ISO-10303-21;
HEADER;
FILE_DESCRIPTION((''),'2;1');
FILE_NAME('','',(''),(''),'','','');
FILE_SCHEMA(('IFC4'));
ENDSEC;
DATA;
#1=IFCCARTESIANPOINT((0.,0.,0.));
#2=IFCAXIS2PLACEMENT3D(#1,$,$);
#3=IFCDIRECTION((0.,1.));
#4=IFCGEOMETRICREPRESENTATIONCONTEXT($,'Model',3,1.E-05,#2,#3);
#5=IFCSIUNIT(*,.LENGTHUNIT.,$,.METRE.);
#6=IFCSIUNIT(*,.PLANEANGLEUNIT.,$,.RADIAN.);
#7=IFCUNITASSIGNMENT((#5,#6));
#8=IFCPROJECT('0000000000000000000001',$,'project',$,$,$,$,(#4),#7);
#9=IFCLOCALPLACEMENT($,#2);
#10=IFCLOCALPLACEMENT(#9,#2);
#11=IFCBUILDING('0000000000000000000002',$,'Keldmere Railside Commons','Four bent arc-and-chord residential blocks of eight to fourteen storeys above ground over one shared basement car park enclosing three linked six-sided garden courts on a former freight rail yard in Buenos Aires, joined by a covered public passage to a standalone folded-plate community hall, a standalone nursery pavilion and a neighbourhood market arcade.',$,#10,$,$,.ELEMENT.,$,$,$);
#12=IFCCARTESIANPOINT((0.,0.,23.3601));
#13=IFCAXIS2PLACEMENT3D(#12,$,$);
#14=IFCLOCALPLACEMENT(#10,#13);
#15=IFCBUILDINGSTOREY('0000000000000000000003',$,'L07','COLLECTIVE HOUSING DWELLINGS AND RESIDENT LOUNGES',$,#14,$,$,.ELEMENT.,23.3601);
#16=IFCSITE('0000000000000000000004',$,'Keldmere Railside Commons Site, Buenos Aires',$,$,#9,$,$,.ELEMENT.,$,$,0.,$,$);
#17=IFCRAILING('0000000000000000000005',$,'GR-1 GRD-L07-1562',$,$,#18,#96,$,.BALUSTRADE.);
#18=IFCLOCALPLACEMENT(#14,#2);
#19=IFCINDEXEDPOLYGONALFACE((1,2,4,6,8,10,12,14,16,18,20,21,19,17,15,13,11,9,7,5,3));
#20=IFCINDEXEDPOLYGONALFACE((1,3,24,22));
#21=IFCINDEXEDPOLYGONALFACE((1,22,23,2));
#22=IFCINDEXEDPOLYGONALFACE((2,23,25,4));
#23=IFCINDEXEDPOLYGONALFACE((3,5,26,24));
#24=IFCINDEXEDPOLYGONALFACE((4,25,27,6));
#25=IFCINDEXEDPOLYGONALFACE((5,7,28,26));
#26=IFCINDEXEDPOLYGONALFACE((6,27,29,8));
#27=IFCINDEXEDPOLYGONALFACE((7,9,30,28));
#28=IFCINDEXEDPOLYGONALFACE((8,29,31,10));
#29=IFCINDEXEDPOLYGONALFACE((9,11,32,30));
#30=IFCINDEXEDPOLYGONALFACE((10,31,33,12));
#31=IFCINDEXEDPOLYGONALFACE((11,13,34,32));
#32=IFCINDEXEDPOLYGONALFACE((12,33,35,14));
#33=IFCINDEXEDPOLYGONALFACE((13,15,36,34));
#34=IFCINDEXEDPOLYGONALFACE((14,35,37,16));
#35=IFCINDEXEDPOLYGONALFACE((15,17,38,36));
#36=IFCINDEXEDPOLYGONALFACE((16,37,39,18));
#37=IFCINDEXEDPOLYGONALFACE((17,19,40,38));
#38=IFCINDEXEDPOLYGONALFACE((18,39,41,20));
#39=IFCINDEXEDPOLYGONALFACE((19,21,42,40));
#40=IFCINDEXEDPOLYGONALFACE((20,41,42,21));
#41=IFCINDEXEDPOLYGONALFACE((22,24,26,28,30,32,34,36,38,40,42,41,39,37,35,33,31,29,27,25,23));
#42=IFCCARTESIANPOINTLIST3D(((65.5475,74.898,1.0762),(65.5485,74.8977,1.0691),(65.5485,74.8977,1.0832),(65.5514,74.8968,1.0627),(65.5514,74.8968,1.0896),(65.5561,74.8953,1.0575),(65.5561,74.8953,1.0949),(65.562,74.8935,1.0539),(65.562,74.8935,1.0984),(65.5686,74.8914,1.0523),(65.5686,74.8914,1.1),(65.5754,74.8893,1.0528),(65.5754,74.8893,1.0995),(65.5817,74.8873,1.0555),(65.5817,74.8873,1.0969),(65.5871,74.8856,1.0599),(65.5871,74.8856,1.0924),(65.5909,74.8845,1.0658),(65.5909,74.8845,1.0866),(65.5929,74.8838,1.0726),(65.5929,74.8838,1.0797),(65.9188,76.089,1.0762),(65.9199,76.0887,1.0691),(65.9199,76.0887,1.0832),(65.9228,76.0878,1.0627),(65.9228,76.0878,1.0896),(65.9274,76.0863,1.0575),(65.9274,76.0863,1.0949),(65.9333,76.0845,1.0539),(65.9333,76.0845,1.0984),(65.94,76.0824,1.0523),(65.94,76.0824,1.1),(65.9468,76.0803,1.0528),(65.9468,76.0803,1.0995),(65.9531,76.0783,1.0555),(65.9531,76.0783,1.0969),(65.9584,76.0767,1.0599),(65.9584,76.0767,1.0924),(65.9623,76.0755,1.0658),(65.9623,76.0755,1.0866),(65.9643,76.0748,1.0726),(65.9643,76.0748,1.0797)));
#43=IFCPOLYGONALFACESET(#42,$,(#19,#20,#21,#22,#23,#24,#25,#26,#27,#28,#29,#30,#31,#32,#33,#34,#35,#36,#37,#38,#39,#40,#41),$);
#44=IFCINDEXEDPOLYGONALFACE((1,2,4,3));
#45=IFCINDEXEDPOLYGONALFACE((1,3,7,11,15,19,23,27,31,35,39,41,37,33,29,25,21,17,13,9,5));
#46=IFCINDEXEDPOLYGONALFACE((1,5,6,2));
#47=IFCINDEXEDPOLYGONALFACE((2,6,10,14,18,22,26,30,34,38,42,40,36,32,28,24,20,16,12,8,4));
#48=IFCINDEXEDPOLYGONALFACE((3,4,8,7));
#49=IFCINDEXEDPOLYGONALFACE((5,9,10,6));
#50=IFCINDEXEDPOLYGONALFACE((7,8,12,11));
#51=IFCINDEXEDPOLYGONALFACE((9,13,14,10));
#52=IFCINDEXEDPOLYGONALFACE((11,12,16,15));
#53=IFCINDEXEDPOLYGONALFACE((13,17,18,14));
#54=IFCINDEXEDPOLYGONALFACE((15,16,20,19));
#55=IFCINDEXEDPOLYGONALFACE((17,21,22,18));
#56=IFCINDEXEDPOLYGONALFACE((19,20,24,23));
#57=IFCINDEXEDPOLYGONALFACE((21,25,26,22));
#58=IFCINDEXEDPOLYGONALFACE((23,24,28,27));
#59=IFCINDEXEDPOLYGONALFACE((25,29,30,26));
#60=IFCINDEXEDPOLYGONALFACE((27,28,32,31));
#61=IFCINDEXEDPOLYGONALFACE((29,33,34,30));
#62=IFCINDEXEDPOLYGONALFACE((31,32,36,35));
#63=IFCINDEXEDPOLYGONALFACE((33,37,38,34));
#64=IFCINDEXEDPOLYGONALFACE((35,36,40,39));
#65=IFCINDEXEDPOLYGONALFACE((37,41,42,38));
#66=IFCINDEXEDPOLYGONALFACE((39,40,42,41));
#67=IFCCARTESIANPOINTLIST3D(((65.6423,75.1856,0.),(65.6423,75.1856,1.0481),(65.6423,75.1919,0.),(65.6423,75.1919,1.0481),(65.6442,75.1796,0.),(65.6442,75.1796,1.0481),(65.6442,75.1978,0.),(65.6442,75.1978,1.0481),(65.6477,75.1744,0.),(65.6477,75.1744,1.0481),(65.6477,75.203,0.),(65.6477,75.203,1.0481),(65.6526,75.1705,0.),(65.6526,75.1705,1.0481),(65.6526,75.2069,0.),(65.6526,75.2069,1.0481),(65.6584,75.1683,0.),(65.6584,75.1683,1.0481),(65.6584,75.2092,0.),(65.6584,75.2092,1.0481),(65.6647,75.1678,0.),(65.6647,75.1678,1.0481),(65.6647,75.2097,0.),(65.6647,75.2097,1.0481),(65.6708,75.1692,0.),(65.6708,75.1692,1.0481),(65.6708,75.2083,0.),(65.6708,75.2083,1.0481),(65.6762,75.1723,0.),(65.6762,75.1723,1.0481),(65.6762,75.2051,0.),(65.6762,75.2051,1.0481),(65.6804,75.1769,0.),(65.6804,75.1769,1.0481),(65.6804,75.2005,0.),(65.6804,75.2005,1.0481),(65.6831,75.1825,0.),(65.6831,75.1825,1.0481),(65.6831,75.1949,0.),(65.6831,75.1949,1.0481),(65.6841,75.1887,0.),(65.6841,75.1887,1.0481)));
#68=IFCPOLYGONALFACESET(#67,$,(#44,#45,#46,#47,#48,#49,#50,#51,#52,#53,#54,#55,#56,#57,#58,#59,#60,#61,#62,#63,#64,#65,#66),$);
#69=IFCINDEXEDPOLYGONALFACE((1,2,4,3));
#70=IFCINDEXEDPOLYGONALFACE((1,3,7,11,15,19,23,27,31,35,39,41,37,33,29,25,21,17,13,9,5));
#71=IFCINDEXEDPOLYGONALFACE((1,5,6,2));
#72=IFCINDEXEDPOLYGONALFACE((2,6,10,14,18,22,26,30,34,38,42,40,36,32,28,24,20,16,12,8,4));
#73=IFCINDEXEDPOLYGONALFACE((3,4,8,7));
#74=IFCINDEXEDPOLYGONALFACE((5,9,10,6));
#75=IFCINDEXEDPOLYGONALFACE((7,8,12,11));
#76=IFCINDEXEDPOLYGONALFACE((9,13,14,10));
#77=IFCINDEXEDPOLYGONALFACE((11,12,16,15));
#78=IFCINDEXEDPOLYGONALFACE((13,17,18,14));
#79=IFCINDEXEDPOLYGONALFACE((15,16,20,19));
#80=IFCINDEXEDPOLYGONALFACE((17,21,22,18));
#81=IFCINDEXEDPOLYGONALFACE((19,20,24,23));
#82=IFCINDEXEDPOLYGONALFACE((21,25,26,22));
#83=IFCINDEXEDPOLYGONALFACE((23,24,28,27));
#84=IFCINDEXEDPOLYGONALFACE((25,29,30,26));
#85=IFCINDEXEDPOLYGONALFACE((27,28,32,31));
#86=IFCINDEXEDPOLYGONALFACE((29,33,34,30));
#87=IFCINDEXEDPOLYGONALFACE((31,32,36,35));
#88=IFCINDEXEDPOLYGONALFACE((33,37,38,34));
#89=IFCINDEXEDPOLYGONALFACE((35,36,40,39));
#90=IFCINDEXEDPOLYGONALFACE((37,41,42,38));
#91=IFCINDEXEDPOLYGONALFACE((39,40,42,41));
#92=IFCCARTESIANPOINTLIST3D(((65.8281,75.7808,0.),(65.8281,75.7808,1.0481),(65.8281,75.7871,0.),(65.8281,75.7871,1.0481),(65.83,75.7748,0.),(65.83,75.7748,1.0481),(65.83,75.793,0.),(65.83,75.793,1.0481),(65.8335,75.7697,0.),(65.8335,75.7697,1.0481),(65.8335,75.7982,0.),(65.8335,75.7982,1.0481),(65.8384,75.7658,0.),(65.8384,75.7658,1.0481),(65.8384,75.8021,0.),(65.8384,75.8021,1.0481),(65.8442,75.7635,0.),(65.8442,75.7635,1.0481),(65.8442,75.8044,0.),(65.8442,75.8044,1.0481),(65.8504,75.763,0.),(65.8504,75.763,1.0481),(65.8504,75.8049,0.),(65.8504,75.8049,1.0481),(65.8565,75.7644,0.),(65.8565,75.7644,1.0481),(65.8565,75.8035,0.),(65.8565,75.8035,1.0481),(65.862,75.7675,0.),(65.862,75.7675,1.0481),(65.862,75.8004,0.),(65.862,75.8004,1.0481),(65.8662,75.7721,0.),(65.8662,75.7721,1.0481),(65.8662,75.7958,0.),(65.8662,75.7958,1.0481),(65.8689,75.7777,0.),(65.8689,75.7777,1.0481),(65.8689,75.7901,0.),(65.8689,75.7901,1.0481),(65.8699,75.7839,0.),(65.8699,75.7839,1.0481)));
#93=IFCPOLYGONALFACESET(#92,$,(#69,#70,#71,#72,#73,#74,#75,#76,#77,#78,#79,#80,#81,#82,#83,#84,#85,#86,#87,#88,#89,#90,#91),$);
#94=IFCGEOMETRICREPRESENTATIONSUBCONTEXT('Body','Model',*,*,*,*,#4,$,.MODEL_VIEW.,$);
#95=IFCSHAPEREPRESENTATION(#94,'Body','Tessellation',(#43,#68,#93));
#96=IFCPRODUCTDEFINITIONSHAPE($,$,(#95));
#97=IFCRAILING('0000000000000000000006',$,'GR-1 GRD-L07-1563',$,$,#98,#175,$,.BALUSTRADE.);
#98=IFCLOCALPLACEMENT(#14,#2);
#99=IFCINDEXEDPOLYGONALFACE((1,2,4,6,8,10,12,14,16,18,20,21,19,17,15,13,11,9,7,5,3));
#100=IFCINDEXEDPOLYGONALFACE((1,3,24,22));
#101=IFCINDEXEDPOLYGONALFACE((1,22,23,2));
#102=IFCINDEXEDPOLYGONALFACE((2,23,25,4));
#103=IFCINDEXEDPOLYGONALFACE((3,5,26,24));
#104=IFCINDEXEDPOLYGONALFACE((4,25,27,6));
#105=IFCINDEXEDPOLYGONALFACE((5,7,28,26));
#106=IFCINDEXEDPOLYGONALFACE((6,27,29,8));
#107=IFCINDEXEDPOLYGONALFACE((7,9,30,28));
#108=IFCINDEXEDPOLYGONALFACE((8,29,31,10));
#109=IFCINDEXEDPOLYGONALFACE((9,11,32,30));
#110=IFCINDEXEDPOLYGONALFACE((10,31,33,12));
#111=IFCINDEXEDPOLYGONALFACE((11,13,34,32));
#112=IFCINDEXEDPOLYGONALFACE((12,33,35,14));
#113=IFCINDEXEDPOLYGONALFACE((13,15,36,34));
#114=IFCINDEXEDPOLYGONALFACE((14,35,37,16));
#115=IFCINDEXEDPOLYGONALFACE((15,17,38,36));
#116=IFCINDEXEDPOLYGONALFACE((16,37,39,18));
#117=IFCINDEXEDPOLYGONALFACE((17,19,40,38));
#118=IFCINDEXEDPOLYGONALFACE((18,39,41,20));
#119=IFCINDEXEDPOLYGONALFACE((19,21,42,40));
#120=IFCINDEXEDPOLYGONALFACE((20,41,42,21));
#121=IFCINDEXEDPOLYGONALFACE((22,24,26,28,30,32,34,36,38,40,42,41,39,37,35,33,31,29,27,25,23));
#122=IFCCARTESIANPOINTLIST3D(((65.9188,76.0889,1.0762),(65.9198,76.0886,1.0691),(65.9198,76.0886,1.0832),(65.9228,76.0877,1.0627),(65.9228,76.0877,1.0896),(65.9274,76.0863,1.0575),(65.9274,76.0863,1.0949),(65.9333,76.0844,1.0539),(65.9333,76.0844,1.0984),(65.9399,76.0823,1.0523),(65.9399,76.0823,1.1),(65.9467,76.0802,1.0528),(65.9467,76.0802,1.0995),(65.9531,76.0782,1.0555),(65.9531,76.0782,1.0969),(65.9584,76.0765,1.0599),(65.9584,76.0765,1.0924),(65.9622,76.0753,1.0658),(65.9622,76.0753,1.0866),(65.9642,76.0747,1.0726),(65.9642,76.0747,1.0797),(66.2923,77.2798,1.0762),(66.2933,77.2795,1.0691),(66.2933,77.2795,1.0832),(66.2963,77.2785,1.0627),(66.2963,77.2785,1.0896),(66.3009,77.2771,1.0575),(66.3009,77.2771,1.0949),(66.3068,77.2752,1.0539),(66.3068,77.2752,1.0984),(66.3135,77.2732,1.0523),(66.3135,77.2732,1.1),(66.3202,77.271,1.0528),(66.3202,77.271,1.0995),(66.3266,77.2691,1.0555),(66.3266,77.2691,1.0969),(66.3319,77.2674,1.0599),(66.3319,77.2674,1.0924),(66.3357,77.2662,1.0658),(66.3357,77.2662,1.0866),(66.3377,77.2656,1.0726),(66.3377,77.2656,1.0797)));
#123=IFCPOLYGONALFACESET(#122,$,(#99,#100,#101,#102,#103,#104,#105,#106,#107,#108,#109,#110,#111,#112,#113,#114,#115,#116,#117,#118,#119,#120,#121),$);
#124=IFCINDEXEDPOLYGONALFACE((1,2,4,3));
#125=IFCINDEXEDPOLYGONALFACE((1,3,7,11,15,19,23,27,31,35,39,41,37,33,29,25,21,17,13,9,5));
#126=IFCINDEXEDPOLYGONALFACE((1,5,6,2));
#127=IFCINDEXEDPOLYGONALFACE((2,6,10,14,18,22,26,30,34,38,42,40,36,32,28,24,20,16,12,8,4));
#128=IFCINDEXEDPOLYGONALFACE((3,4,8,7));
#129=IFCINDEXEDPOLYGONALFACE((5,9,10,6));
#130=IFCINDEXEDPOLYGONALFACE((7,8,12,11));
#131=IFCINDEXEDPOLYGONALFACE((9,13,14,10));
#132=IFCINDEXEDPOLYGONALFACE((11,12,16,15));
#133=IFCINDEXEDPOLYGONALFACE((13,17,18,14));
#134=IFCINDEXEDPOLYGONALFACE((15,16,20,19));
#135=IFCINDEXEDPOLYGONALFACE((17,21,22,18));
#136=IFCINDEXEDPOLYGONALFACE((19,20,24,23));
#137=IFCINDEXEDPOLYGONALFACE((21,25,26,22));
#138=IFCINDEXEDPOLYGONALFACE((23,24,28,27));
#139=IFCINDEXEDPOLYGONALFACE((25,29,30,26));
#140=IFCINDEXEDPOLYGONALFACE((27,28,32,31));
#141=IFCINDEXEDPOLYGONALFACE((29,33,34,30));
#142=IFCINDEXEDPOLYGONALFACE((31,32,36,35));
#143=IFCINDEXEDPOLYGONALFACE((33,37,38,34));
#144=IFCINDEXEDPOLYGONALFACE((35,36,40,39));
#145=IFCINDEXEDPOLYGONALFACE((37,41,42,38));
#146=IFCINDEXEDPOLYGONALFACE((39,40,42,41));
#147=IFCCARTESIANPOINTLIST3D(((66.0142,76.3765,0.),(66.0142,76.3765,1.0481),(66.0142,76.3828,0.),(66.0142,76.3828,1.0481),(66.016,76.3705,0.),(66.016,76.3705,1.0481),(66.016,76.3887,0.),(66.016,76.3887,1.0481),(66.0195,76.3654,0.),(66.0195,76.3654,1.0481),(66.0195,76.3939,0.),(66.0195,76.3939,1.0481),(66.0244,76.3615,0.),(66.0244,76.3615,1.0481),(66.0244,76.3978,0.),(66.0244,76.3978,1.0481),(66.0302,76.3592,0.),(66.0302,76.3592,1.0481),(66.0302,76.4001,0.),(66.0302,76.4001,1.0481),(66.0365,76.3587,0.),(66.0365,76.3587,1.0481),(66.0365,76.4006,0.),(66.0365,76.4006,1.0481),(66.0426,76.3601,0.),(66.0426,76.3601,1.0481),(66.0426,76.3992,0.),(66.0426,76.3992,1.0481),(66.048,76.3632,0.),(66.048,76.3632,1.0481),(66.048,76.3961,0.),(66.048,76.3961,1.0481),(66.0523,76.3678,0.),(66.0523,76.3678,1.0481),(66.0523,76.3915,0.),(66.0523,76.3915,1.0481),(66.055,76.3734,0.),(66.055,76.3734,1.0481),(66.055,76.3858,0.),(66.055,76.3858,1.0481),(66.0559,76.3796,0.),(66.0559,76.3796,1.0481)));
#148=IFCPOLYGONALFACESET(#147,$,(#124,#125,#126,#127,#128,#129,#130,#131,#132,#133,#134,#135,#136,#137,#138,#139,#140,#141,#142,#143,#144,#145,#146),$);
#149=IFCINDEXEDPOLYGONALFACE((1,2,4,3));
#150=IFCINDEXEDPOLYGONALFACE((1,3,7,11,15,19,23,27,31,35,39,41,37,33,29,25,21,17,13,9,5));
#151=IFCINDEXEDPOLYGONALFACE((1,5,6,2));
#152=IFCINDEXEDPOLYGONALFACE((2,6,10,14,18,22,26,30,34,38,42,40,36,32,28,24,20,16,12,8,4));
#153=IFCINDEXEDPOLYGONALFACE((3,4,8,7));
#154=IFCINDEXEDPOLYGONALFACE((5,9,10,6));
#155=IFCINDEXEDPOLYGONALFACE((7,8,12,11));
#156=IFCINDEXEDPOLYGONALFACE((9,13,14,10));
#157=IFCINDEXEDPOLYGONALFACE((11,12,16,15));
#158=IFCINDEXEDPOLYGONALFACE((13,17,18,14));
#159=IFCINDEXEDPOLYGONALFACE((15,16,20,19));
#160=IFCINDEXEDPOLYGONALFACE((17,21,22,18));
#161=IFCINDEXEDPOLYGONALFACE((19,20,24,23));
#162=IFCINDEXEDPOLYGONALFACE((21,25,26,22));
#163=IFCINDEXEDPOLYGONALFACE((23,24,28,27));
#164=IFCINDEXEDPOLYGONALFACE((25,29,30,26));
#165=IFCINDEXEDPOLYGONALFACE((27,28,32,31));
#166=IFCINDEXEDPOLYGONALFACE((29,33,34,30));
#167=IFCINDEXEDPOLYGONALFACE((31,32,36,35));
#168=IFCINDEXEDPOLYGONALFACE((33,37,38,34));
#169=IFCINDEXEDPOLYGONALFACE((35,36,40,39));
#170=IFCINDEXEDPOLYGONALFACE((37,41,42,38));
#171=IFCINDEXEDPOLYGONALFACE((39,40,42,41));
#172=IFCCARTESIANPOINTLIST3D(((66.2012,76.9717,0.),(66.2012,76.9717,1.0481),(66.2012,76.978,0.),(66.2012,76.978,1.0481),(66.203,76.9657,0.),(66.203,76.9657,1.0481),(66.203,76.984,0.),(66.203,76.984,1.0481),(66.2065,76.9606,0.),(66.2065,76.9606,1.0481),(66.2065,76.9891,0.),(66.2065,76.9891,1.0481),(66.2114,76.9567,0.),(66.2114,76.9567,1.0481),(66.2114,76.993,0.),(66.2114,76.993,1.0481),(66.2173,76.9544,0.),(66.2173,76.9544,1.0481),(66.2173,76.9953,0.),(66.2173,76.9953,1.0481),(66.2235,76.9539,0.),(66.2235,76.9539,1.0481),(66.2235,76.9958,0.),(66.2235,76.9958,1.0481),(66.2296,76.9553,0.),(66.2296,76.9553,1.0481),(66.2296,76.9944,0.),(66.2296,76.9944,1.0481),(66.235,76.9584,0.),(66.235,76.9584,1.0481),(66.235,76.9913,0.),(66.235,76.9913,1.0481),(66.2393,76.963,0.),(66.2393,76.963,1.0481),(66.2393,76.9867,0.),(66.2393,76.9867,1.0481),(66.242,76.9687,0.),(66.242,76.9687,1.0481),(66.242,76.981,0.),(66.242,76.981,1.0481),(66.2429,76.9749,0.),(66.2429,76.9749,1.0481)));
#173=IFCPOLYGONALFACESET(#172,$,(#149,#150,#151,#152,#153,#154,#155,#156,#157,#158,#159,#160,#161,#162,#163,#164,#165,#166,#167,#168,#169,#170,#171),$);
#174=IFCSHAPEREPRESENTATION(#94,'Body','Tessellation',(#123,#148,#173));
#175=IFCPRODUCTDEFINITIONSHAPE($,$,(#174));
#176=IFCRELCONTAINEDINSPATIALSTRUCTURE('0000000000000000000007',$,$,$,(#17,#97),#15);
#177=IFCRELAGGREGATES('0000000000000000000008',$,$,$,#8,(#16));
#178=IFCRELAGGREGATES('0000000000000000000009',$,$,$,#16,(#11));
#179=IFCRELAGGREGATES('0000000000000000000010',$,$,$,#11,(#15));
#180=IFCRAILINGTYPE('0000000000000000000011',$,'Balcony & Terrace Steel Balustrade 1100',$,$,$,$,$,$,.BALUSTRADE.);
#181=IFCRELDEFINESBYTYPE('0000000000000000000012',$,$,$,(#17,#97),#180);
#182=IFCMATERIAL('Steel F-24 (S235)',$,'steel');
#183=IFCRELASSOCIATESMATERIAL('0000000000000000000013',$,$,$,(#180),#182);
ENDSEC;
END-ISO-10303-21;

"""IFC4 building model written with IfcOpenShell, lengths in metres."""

from ifc_helpers import new_model, si_unit, direction, frame, origin, origin_2d, place, context, subcontext, project, spatial, circle, extrude, material, type_object, element, save


model = new_model("IFC4")

# Units and contexts
model_context = context("Model", 3, precision=1e-05, world=origin(), true_north=direction((0.0, 1.0)))
body_context = subcontext(model_context, "Body", "Model", "MODEL_VIEW")
ifc_project = project(units=[si_unit("LENGTHUNIT", "METRE"), si_unit("PLANEANGLEUNIT", "RADIAN")], contexts=[model_context])

# Site, building, storey
site_placement = place(None, origin())
site = spatial("IfcSite", under=ifc_project, at=site_placement, Name="Keldmere Railside Commons Site, Buenos Aires", CompositionType="ELEMENT", RefElevation=0.0)
building_placement = place(site_placement, origin())
building = spatial("IfcBuilding", under=site, at=building_placement, Name="Keldmere Railside Commons", Description="Four bent arc-and-chord residential blocks of eight to fourteen storeys above ground over one shared basement car park enclosing three linked six-sided garden courts on a former freight rail yard in Buenos Aires, joined by a covered public passage to a standalone folded-plate community hall, a standalone nursery pavilion and a neighbourhood market arcade.", CompositionType="ELEMENT")
storey_placement = place(building_placement, frame((0.0, 0.0, 23.3601)))
storey = spatial("IfcBuildingStorey", under=building, at=storey_placement, Name="L07", Description="COLLECTIVE HOUSING DWELLINGS AND RESIDENT LOUNGES", CompositionType="ELEMENT", Elevation=23.3601)

# Railings
ifc_material_1 = material(Name="Steel F-24 (S235)", Category="steel")
railing_type_1 = type_object("IfcRailingType", Name="Balcony & Terrace Steel Balustrade 1100", PredefinedType="BALUSTRADE", material=ifc_material_1)
railing_1_placement = place(storey_placement, frame((65.5703, 74.8909, 0.0)))
element("IfcRailing", 1, at=railing_1_placement, inside=storey, type_object=railing_type_1, Name="GR-1 GRD-L07-1562", PredefinedType="BALUSTRADE", context=body_context, shape_type="SweptSolid", body=[
    extrude(circle(Radius=0.0239, at=origin_2d()), frame((0.0, 0.0, 1.0762), z_axis=(0.297673, 0.954668, 0.0), x_axis=(-0.954668, 0.297673, 0.0)), (0.0, 0.0, 1.0), 1.2476),
    extrude(circle(Radius=0.021, at=origin_2d()), frame((0.0928, 0.2979, 0.0)), (0.0, 0.0, 1.0), 1.0481),
    extrude(circle(Radius=0.021, at=origin_2d()), frame((0.2786, 0.8931, 0.0)), (0.0, 0.0, 1.0), 1.0481),
])
railing_2_placement = place(storey_placement, frame((65.9417, 76.0818, 0.0)))
element("IfcRailing", 2, at=railing_2_placement, inside=storey, type_object=railing_type_1, Name="GR-1 GRD-L07-1563", PredefinedType="BALUSTRADE", context=body_context, shape_type="SweptSolid", body=[
    extrude(circle(Radius=0.0239, at=origin_2d()), frame((0.0, 0.0, 1.0762), z_axis=(0.299277, 0.954166, 0.0), x_axis=(-0.954166, 0.299277, 0.0)), (0.0, 0.0, 1.0), 1.248),
    extrude(circle(Radius=0.021, at=origin_2d()), frame((0.0933, 0.2979, 0.0)), (0.0, 0.0, 1.0), 1.0481),
    extrude(circle(Radius=0.021, at=origin_2d()), frame((0.2803, 0.8931, 0.0)), (0.0, 0.0, 1.0), 1.0481),
])

save(model, "model.ifc")
